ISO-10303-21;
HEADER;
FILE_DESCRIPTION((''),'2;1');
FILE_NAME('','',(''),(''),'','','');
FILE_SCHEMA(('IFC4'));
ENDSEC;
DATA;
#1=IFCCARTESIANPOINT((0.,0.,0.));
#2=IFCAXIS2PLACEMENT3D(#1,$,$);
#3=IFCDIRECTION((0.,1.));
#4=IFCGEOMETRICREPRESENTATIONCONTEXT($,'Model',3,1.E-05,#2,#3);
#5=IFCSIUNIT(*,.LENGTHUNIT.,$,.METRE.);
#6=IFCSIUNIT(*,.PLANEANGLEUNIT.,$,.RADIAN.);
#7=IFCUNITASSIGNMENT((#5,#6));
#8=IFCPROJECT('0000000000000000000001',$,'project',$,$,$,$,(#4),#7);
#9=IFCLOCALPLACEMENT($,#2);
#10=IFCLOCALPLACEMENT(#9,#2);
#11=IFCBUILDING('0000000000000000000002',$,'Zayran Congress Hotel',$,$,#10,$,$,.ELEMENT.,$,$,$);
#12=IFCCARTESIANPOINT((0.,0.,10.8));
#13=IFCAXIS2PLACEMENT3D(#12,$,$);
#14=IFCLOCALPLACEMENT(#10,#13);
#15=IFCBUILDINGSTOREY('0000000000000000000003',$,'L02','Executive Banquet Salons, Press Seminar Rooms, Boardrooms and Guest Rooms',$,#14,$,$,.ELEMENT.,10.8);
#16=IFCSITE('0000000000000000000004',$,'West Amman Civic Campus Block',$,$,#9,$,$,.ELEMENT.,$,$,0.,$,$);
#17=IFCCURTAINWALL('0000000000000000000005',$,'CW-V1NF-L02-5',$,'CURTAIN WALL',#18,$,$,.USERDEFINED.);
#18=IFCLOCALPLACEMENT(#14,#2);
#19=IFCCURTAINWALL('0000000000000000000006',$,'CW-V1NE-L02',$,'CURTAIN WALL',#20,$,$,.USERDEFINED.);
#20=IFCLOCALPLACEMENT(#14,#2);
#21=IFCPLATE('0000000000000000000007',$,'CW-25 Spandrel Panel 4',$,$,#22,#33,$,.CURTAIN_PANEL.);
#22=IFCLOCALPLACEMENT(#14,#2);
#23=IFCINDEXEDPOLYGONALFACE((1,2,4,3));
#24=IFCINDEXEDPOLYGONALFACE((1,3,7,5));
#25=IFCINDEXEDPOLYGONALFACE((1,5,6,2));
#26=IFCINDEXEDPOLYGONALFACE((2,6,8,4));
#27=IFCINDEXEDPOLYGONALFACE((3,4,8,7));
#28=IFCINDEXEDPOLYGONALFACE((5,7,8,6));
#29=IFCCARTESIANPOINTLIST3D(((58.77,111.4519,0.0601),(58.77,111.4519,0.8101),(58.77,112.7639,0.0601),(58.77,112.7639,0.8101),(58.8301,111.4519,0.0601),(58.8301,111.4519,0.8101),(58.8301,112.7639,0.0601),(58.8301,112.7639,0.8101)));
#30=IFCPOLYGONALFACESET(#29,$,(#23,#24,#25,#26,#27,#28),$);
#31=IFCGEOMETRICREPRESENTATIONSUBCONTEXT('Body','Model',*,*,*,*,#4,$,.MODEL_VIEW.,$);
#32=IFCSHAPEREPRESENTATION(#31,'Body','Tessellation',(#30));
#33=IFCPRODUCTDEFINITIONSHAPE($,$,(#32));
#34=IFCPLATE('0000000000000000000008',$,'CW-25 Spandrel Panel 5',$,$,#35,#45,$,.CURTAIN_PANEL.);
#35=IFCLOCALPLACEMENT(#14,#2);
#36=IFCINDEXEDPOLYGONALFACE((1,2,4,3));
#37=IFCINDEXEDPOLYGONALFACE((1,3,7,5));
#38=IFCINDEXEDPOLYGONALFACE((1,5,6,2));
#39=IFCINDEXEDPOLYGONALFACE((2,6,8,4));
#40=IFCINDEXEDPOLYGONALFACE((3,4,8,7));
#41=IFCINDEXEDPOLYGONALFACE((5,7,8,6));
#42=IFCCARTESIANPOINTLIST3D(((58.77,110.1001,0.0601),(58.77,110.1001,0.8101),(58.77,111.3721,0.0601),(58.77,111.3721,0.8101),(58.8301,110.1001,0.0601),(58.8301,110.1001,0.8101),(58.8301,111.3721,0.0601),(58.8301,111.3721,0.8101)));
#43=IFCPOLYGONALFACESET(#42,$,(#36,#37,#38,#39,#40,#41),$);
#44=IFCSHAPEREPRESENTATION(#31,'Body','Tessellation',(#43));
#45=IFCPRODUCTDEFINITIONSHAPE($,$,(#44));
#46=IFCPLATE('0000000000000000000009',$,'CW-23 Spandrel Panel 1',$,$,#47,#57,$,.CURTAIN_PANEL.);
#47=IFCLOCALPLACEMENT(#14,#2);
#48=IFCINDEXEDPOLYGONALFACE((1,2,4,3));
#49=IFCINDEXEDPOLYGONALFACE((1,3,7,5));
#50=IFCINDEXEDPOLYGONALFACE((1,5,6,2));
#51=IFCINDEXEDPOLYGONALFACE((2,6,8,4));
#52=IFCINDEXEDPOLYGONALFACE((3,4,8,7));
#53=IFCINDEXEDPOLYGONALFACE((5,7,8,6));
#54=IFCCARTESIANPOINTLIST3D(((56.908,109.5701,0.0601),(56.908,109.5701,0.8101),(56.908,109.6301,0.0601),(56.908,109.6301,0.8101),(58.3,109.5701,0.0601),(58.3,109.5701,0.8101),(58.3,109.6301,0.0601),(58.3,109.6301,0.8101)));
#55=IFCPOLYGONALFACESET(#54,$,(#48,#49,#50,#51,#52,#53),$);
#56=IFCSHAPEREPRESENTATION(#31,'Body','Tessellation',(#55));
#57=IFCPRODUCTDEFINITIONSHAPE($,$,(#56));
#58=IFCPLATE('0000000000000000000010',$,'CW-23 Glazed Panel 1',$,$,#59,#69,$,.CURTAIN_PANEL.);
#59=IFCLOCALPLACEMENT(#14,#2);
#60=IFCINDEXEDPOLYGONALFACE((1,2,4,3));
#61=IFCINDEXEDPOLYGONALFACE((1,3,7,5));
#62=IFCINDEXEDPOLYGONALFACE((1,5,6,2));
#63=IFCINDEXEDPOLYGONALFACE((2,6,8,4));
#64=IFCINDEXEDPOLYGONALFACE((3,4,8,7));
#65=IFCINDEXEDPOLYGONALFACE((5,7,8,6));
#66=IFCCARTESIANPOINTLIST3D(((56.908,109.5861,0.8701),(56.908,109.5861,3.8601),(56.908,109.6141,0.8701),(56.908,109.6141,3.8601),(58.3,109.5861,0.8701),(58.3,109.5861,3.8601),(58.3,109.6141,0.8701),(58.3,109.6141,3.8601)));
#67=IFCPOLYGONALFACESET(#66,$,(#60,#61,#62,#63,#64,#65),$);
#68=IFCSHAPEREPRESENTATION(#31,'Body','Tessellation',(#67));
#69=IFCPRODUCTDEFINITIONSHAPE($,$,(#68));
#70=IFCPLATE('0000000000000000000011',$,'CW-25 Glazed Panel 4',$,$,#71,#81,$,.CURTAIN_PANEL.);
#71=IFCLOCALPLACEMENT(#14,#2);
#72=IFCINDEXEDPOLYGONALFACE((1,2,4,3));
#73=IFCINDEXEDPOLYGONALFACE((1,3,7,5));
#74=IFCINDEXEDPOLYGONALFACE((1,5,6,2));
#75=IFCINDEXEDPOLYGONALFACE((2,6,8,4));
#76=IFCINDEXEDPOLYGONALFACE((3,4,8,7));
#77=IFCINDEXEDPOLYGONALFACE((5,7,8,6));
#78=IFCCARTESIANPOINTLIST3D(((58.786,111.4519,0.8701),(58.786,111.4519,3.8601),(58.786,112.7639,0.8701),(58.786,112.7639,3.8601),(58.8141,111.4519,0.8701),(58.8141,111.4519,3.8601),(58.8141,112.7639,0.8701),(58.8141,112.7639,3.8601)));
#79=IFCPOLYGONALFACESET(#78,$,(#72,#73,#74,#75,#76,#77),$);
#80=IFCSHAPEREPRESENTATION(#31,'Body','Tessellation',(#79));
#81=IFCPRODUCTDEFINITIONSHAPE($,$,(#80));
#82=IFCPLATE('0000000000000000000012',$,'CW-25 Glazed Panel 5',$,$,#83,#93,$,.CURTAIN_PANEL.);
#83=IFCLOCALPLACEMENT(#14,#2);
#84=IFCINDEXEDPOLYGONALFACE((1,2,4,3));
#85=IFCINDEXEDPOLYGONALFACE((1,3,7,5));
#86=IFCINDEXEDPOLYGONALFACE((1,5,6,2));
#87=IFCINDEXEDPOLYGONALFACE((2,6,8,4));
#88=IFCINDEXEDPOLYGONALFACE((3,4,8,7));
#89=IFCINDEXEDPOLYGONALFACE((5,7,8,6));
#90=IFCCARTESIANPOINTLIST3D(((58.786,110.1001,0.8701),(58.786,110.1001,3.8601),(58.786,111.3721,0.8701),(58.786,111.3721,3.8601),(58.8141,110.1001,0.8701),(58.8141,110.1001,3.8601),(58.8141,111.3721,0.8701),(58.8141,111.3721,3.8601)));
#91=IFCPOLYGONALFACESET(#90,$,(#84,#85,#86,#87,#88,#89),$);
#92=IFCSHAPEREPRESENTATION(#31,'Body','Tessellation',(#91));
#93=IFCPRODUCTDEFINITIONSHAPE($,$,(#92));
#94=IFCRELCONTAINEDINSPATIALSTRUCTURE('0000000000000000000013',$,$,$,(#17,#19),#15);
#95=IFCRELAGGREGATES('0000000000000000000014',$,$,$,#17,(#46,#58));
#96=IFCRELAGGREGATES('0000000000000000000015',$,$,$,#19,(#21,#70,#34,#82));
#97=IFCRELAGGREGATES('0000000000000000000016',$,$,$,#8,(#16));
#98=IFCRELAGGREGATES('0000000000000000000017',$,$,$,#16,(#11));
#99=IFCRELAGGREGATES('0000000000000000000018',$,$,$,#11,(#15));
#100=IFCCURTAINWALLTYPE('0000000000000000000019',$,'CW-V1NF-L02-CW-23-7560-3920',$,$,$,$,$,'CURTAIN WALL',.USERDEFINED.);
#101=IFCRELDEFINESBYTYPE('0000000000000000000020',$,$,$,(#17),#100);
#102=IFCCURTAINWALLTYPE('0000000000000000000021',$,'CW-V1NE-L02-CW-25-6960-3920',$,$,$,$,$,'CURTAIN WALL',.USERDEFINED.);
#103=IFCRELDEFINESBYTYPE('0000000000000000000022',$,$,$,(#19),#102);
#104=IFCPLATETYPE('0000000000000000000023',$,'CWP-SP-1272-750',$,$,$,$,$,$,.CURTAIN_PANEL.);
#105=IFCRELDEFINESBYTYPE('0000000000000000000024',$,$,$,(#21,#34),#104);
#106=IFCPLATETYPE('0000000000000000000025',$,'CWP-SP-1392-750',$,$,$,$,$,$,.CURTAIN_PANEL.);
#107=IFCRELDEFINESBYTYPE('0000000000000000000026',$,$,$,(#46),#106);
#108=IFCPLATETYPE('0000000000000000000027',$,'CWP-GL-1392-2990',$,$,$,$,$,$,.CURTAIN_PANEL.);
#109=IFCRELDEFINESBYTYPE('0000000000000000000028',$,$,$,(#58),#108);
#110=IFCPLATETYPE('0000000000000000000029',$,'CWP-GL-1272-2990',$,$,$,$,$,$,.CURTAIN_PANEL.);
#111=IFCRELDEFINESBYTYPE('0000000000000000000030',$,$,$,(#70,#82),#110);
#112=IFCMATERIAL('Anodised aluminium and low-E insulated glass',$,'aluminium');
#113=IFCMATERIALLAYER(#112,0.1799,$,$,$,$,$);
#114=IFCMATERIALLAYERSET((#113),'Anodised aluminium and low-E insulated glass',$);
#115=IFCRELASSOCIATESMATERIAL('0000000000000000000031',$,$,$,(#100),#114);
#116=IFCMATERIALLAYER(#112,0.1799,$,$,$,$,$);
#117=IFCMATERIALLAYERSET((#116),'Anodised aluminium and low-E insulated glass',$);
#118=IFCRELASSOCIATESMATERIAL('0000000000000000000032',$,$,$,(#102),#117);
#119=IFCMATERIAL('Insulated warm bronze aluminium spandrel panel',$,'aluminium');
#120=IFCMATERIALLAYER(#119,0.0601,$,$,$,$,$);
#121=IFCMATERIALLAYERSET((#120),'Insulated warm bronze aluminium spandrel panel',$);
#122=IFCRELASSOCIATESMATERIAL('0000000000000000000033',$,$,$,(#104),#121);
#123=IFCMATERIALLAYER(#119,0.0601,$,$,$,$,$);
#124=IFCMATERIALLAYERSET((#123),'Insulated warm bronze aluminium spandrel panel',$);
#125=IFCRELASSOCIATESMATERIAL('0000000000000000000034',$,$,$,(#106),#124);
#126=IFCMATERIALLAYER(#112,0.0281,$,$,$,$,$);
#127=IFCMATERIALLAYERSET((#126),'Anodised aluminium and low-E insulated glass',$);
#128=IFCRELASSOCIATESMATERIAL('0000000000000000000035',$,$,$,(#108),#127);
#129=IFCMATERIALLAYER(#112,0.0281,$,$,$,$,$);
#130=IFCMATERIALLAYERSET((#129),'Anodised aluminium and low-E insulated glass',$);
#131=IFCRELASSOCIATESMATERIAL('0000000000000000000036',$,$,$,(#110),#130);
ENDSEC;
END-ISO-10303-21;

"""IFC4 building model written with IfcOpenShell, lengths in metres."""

from ifc_helpers import new_model, si_unit, direction, frame, origin, origin_2d, place, context, subcontext, project, spatial, rectangle, extrude, material, layer, layer_set, type_object, element, aggregate, save


model = new_model("IFC4")

# Units and contexts
model_context = context("Model", 3, precision=1e-05, world=origin(), true_north=direction((0.0, 1.0)))
body_context = subcontext(model_context, "Body", "Model", "MODEL_VIEW")
ifc_project = project(units=[si_unit("LENGTHUNIT", "METRE"), si_unit("PLANEANGLEUNIT", "RADIAN")], contexts=[model_context])

# Site, building, storey
site_placement = place(None, origin())
site = spatial("IfcSite", under=ifc_project, at=site_placement, Name="West Amman Civic Campus Block", CompositionType="ELEMENT", RefElevation=0.0)
building_placement = place(site_placement, origin())
building = spatial("IfcBuilding", under=site, at=building_placement, Name="Zayran Congress Hotel", CompositionType="ELEMENT")
storey_placement = place(building_placement, frame((0.0, 0.0, 10.8)))
storey = spatial("IfcBuildingStorey", under=building, at=storey_placement, Name="L02", Description="Executive Banquet Salons, Press Seminar Rooms, Boardrooms and Guest Rooms", CompositionType="ELEMENT", Elevation=10.8)

# Curtain walls
ifc_material_1 = material(Name="Anodised aluminium and low-E insulated glass", Category="aluminium")
ifc_layer_1 = layer(ifc_material_1, 0.1799)
ifc_layer_set_1 = layer_set([ifc_layer_1], Name="Anodised aluminium and low-E insulated glass")
curtain_wall_type_1 = type_object("IfcCurtainWallType", Name="CW-V1NF-L02-CW-23-7560-3920", ElementType="CURTAIN WALL", PredefinedType="USERDEFINED", material=ifc_layer_set_1)
curtain_wall_1_placement = place(storey_placement, origin())
curtain_wall_1 = element("IfcCurtainWall", 1, at=curtain_wall_1_placement, inside=storey, type_object=curtain_wall_type_1, Name="CW-V1NF-L02-5", ObjectType="CURTAIN WALL", PredefinedType="USERDEFINED")
ifc_layer_2 = layer(ifc_material_1, 0.1799)
ifc_layer_set_2 = layer_set([ifc_layer_2], Name="Anodised aluminium and low-E insulated glass")
curtain_wall_type_2 = type_object("IfcCurtainWallType", Name="CW-V1NE-L02-CW-25-6960-3920", ElementType="CURTAIN WALL", PredefinedType="USERDEFINED", material=ifc_layer_set_2)
curtain_wall_2_placement = place(storey_placement, origin())
curtain_wall_2 = element("IfcCurtainWall", 2, at=curtain_wall_2_placement, inside=storey, type_object=curtain_wall_type_2, Name="CW-V1NE-L02", ObjectType="CURTAIN WALL", PredefinedType="USERDEFINED")

# Plates
ifc_material_2 = material(Name="Insulated warm bronze aluminium spandrel panel", Category="aluminium")
ifc_layer_3 = layer(ifc_material_2, 0.0601)
ifc_layer_set_3 = layer_set([ifc_layer_3], Name="Insulated warm bronze aluminium spandrel panel")
plate_type_1 = type_object("IfcPlateType", Name="CWP-SP-1272-750", PredefinedType="CURTAIN_PANEL", material=ifc_layer_set_3)
plate_1_placement = place(storey_placement, frame((58.8, 112.1079, 0.0601), z_axis=(0.0, 0.0, 1.0), x_axis=(0.0, 1.0, 0.0)))
plate_1 = element("IfcPlate", 3, at=plate_1_placement, type_object=plate_type_1, Name="CW-25 Spandrel Panel 4", PredefinedType="CURTAIN_PANEL", context=body_context, shape_type="SweptSolid", body=[
    extrude(rectangle(XDim=1.312, YDim=0.0601, at=origin_2d()), origin(), (0.0, 0.0, 1.0), 0.75),
])
plate_2_placement = place(storey_placement, frame((58.8, 110.7361, 0.0601), z_axis=(0.0, 0.0, 1.0), x_axis=(0.0, 1.0, 0.0)))
plate_2 = element("IfcPlate", 4, at=plate_2_placement, type_object=plate_type_1, Name="CW-25 Spandrel Panel 5", PredefinedType="CURTAIN_PANEL", context=body_context, shape_type="SweptSolid", body=[
    extrude(rectangle(XDim=1.272, YDim=0.0601, at=origin_2d()), origin(), (0.0, 0.0, 1.0), 0.75),
])
ifc_layer_4 = layer(ifc_material_2, 0.0601)
ifc_layer_set_4 = layer_set([ifc_layer_4], Name="Insulated warm bronze aluminium spandrel panel")
plate_type_2 = type_object("IfcPlateType", Name="CWP-SP-1392-750", PredefinedType="CURTAIN_PANEL", material=ifc_layer_set_4)
plate_3_placement = place(storey_placement, frame((57.604, 109.6001, 0.0601), z_axis=(0.0, 0.0, 1.0), x_axis=(1.0, 0.0, 0.0)))
plate_3 = element("IfcPlate", 5, at=plate_3_placement, type_object=plate_type_2, Name="CW-23 Spandrel Panel 1", PredefinedType="CURTAIN_PANEL", context=body_context, shape_type="SweptSolid", body=[
    extrude(rectangle(XDim=1.3921, YDim=0.0601, at=origin_2d()), origin(), (0.0, 0.0, 1.0), 0.75),
])
ifc_layer_5 = layer(ifc_material_1, 0.0281)
ifc_layer_set_5 = layer_set([ifc_layer_5], Name="Anodised aluminium and low-E insulated glass")
plate_type_3 = type_object("IfcPlateType", Name="CWP-GL-1392-2990", PredefinedType="CURTAIN_PANEL", material=ifc_layer_set_5)
plate_4_placement = place(storey_placement, frame((57.604, 109.6001, 0.8701), z_axis=(0.0, 0.0, 1.0), x_axis=(1.0, 0.0, 0.0)))
plate_4 = element("IfcPlate", 6, at=plate_4_placement, type_object=plate_type_3, Name="CW-23 Glazed Panel 1", PredefinedType="CURTAIN_PANEL", context=body_context, shape_type="SweptSolid", body=[
    extrude(rectangle(XDim=1.3921, YDim=0.0281, at=origin_2d()), origin(), (0.0, 0.0, 1.0), 2.99),
])
aggregate(curtain_wall_1, [plate_3, plate_4])
ifc_layer_6 = layer(ifc_material_1, 0.0281)
ifc_layer_set_6 = layer_set([ifc_layer_6], Name="Anodised aluminium and low-E insulated glass")
plate_type_4 = type_object("IfcPlateType", Name="CWP-GL-1272-2990", PredefinedType="CURTAIN_PANEL", material=ifc_layer_set_6)
plate_5_placement = place(storey_placement, frame((58.8, 112.1079, 0.8701), z_axis=(0.0, 0.0, 1.0), x_axis=(0.0, 1.0, 0.0)))
plate_5 = element("IfcPlate", 7, at=plate_5_placement, type_object=plate_type_4, Name="CW-25 Glazed Panel 4", PredefinedType="CURTAIN_PANEL", context=body_context, shape_type="SweptSolid", body=[
    extrude(rectangle(XDim=1.312, YDim=0.0281, at=origin_2d()), origin(), (0.0, 0.0, 1.0), 2.99),
])
plate_6_placement = place(storey_placement, frame((58.8, 110.7361, 0.8701), z_axis=(0.0, 0.0, 1.0), x_axis=(0.0, 1.0, 0.0)))
plate_6 = element("IfcPlate", 8, at=plate_6_placement, type_object=plate_type_4, Name="CW-25 Glazed Panel 5", PredefinedType="CURTAIN_PANEL", context=body_context, shape_type="SweptSolid", body=[
    extrude(rectangle(XDim=1.272, YDim=0.0281, at=origin_2d()), origin(), (0.0, 0.0, 1.0), 2.99),
])
aggregate(curtain_wall_2, [plate_1, plate_5, plate_2, plate_6])

save(model, "model.ifc")
